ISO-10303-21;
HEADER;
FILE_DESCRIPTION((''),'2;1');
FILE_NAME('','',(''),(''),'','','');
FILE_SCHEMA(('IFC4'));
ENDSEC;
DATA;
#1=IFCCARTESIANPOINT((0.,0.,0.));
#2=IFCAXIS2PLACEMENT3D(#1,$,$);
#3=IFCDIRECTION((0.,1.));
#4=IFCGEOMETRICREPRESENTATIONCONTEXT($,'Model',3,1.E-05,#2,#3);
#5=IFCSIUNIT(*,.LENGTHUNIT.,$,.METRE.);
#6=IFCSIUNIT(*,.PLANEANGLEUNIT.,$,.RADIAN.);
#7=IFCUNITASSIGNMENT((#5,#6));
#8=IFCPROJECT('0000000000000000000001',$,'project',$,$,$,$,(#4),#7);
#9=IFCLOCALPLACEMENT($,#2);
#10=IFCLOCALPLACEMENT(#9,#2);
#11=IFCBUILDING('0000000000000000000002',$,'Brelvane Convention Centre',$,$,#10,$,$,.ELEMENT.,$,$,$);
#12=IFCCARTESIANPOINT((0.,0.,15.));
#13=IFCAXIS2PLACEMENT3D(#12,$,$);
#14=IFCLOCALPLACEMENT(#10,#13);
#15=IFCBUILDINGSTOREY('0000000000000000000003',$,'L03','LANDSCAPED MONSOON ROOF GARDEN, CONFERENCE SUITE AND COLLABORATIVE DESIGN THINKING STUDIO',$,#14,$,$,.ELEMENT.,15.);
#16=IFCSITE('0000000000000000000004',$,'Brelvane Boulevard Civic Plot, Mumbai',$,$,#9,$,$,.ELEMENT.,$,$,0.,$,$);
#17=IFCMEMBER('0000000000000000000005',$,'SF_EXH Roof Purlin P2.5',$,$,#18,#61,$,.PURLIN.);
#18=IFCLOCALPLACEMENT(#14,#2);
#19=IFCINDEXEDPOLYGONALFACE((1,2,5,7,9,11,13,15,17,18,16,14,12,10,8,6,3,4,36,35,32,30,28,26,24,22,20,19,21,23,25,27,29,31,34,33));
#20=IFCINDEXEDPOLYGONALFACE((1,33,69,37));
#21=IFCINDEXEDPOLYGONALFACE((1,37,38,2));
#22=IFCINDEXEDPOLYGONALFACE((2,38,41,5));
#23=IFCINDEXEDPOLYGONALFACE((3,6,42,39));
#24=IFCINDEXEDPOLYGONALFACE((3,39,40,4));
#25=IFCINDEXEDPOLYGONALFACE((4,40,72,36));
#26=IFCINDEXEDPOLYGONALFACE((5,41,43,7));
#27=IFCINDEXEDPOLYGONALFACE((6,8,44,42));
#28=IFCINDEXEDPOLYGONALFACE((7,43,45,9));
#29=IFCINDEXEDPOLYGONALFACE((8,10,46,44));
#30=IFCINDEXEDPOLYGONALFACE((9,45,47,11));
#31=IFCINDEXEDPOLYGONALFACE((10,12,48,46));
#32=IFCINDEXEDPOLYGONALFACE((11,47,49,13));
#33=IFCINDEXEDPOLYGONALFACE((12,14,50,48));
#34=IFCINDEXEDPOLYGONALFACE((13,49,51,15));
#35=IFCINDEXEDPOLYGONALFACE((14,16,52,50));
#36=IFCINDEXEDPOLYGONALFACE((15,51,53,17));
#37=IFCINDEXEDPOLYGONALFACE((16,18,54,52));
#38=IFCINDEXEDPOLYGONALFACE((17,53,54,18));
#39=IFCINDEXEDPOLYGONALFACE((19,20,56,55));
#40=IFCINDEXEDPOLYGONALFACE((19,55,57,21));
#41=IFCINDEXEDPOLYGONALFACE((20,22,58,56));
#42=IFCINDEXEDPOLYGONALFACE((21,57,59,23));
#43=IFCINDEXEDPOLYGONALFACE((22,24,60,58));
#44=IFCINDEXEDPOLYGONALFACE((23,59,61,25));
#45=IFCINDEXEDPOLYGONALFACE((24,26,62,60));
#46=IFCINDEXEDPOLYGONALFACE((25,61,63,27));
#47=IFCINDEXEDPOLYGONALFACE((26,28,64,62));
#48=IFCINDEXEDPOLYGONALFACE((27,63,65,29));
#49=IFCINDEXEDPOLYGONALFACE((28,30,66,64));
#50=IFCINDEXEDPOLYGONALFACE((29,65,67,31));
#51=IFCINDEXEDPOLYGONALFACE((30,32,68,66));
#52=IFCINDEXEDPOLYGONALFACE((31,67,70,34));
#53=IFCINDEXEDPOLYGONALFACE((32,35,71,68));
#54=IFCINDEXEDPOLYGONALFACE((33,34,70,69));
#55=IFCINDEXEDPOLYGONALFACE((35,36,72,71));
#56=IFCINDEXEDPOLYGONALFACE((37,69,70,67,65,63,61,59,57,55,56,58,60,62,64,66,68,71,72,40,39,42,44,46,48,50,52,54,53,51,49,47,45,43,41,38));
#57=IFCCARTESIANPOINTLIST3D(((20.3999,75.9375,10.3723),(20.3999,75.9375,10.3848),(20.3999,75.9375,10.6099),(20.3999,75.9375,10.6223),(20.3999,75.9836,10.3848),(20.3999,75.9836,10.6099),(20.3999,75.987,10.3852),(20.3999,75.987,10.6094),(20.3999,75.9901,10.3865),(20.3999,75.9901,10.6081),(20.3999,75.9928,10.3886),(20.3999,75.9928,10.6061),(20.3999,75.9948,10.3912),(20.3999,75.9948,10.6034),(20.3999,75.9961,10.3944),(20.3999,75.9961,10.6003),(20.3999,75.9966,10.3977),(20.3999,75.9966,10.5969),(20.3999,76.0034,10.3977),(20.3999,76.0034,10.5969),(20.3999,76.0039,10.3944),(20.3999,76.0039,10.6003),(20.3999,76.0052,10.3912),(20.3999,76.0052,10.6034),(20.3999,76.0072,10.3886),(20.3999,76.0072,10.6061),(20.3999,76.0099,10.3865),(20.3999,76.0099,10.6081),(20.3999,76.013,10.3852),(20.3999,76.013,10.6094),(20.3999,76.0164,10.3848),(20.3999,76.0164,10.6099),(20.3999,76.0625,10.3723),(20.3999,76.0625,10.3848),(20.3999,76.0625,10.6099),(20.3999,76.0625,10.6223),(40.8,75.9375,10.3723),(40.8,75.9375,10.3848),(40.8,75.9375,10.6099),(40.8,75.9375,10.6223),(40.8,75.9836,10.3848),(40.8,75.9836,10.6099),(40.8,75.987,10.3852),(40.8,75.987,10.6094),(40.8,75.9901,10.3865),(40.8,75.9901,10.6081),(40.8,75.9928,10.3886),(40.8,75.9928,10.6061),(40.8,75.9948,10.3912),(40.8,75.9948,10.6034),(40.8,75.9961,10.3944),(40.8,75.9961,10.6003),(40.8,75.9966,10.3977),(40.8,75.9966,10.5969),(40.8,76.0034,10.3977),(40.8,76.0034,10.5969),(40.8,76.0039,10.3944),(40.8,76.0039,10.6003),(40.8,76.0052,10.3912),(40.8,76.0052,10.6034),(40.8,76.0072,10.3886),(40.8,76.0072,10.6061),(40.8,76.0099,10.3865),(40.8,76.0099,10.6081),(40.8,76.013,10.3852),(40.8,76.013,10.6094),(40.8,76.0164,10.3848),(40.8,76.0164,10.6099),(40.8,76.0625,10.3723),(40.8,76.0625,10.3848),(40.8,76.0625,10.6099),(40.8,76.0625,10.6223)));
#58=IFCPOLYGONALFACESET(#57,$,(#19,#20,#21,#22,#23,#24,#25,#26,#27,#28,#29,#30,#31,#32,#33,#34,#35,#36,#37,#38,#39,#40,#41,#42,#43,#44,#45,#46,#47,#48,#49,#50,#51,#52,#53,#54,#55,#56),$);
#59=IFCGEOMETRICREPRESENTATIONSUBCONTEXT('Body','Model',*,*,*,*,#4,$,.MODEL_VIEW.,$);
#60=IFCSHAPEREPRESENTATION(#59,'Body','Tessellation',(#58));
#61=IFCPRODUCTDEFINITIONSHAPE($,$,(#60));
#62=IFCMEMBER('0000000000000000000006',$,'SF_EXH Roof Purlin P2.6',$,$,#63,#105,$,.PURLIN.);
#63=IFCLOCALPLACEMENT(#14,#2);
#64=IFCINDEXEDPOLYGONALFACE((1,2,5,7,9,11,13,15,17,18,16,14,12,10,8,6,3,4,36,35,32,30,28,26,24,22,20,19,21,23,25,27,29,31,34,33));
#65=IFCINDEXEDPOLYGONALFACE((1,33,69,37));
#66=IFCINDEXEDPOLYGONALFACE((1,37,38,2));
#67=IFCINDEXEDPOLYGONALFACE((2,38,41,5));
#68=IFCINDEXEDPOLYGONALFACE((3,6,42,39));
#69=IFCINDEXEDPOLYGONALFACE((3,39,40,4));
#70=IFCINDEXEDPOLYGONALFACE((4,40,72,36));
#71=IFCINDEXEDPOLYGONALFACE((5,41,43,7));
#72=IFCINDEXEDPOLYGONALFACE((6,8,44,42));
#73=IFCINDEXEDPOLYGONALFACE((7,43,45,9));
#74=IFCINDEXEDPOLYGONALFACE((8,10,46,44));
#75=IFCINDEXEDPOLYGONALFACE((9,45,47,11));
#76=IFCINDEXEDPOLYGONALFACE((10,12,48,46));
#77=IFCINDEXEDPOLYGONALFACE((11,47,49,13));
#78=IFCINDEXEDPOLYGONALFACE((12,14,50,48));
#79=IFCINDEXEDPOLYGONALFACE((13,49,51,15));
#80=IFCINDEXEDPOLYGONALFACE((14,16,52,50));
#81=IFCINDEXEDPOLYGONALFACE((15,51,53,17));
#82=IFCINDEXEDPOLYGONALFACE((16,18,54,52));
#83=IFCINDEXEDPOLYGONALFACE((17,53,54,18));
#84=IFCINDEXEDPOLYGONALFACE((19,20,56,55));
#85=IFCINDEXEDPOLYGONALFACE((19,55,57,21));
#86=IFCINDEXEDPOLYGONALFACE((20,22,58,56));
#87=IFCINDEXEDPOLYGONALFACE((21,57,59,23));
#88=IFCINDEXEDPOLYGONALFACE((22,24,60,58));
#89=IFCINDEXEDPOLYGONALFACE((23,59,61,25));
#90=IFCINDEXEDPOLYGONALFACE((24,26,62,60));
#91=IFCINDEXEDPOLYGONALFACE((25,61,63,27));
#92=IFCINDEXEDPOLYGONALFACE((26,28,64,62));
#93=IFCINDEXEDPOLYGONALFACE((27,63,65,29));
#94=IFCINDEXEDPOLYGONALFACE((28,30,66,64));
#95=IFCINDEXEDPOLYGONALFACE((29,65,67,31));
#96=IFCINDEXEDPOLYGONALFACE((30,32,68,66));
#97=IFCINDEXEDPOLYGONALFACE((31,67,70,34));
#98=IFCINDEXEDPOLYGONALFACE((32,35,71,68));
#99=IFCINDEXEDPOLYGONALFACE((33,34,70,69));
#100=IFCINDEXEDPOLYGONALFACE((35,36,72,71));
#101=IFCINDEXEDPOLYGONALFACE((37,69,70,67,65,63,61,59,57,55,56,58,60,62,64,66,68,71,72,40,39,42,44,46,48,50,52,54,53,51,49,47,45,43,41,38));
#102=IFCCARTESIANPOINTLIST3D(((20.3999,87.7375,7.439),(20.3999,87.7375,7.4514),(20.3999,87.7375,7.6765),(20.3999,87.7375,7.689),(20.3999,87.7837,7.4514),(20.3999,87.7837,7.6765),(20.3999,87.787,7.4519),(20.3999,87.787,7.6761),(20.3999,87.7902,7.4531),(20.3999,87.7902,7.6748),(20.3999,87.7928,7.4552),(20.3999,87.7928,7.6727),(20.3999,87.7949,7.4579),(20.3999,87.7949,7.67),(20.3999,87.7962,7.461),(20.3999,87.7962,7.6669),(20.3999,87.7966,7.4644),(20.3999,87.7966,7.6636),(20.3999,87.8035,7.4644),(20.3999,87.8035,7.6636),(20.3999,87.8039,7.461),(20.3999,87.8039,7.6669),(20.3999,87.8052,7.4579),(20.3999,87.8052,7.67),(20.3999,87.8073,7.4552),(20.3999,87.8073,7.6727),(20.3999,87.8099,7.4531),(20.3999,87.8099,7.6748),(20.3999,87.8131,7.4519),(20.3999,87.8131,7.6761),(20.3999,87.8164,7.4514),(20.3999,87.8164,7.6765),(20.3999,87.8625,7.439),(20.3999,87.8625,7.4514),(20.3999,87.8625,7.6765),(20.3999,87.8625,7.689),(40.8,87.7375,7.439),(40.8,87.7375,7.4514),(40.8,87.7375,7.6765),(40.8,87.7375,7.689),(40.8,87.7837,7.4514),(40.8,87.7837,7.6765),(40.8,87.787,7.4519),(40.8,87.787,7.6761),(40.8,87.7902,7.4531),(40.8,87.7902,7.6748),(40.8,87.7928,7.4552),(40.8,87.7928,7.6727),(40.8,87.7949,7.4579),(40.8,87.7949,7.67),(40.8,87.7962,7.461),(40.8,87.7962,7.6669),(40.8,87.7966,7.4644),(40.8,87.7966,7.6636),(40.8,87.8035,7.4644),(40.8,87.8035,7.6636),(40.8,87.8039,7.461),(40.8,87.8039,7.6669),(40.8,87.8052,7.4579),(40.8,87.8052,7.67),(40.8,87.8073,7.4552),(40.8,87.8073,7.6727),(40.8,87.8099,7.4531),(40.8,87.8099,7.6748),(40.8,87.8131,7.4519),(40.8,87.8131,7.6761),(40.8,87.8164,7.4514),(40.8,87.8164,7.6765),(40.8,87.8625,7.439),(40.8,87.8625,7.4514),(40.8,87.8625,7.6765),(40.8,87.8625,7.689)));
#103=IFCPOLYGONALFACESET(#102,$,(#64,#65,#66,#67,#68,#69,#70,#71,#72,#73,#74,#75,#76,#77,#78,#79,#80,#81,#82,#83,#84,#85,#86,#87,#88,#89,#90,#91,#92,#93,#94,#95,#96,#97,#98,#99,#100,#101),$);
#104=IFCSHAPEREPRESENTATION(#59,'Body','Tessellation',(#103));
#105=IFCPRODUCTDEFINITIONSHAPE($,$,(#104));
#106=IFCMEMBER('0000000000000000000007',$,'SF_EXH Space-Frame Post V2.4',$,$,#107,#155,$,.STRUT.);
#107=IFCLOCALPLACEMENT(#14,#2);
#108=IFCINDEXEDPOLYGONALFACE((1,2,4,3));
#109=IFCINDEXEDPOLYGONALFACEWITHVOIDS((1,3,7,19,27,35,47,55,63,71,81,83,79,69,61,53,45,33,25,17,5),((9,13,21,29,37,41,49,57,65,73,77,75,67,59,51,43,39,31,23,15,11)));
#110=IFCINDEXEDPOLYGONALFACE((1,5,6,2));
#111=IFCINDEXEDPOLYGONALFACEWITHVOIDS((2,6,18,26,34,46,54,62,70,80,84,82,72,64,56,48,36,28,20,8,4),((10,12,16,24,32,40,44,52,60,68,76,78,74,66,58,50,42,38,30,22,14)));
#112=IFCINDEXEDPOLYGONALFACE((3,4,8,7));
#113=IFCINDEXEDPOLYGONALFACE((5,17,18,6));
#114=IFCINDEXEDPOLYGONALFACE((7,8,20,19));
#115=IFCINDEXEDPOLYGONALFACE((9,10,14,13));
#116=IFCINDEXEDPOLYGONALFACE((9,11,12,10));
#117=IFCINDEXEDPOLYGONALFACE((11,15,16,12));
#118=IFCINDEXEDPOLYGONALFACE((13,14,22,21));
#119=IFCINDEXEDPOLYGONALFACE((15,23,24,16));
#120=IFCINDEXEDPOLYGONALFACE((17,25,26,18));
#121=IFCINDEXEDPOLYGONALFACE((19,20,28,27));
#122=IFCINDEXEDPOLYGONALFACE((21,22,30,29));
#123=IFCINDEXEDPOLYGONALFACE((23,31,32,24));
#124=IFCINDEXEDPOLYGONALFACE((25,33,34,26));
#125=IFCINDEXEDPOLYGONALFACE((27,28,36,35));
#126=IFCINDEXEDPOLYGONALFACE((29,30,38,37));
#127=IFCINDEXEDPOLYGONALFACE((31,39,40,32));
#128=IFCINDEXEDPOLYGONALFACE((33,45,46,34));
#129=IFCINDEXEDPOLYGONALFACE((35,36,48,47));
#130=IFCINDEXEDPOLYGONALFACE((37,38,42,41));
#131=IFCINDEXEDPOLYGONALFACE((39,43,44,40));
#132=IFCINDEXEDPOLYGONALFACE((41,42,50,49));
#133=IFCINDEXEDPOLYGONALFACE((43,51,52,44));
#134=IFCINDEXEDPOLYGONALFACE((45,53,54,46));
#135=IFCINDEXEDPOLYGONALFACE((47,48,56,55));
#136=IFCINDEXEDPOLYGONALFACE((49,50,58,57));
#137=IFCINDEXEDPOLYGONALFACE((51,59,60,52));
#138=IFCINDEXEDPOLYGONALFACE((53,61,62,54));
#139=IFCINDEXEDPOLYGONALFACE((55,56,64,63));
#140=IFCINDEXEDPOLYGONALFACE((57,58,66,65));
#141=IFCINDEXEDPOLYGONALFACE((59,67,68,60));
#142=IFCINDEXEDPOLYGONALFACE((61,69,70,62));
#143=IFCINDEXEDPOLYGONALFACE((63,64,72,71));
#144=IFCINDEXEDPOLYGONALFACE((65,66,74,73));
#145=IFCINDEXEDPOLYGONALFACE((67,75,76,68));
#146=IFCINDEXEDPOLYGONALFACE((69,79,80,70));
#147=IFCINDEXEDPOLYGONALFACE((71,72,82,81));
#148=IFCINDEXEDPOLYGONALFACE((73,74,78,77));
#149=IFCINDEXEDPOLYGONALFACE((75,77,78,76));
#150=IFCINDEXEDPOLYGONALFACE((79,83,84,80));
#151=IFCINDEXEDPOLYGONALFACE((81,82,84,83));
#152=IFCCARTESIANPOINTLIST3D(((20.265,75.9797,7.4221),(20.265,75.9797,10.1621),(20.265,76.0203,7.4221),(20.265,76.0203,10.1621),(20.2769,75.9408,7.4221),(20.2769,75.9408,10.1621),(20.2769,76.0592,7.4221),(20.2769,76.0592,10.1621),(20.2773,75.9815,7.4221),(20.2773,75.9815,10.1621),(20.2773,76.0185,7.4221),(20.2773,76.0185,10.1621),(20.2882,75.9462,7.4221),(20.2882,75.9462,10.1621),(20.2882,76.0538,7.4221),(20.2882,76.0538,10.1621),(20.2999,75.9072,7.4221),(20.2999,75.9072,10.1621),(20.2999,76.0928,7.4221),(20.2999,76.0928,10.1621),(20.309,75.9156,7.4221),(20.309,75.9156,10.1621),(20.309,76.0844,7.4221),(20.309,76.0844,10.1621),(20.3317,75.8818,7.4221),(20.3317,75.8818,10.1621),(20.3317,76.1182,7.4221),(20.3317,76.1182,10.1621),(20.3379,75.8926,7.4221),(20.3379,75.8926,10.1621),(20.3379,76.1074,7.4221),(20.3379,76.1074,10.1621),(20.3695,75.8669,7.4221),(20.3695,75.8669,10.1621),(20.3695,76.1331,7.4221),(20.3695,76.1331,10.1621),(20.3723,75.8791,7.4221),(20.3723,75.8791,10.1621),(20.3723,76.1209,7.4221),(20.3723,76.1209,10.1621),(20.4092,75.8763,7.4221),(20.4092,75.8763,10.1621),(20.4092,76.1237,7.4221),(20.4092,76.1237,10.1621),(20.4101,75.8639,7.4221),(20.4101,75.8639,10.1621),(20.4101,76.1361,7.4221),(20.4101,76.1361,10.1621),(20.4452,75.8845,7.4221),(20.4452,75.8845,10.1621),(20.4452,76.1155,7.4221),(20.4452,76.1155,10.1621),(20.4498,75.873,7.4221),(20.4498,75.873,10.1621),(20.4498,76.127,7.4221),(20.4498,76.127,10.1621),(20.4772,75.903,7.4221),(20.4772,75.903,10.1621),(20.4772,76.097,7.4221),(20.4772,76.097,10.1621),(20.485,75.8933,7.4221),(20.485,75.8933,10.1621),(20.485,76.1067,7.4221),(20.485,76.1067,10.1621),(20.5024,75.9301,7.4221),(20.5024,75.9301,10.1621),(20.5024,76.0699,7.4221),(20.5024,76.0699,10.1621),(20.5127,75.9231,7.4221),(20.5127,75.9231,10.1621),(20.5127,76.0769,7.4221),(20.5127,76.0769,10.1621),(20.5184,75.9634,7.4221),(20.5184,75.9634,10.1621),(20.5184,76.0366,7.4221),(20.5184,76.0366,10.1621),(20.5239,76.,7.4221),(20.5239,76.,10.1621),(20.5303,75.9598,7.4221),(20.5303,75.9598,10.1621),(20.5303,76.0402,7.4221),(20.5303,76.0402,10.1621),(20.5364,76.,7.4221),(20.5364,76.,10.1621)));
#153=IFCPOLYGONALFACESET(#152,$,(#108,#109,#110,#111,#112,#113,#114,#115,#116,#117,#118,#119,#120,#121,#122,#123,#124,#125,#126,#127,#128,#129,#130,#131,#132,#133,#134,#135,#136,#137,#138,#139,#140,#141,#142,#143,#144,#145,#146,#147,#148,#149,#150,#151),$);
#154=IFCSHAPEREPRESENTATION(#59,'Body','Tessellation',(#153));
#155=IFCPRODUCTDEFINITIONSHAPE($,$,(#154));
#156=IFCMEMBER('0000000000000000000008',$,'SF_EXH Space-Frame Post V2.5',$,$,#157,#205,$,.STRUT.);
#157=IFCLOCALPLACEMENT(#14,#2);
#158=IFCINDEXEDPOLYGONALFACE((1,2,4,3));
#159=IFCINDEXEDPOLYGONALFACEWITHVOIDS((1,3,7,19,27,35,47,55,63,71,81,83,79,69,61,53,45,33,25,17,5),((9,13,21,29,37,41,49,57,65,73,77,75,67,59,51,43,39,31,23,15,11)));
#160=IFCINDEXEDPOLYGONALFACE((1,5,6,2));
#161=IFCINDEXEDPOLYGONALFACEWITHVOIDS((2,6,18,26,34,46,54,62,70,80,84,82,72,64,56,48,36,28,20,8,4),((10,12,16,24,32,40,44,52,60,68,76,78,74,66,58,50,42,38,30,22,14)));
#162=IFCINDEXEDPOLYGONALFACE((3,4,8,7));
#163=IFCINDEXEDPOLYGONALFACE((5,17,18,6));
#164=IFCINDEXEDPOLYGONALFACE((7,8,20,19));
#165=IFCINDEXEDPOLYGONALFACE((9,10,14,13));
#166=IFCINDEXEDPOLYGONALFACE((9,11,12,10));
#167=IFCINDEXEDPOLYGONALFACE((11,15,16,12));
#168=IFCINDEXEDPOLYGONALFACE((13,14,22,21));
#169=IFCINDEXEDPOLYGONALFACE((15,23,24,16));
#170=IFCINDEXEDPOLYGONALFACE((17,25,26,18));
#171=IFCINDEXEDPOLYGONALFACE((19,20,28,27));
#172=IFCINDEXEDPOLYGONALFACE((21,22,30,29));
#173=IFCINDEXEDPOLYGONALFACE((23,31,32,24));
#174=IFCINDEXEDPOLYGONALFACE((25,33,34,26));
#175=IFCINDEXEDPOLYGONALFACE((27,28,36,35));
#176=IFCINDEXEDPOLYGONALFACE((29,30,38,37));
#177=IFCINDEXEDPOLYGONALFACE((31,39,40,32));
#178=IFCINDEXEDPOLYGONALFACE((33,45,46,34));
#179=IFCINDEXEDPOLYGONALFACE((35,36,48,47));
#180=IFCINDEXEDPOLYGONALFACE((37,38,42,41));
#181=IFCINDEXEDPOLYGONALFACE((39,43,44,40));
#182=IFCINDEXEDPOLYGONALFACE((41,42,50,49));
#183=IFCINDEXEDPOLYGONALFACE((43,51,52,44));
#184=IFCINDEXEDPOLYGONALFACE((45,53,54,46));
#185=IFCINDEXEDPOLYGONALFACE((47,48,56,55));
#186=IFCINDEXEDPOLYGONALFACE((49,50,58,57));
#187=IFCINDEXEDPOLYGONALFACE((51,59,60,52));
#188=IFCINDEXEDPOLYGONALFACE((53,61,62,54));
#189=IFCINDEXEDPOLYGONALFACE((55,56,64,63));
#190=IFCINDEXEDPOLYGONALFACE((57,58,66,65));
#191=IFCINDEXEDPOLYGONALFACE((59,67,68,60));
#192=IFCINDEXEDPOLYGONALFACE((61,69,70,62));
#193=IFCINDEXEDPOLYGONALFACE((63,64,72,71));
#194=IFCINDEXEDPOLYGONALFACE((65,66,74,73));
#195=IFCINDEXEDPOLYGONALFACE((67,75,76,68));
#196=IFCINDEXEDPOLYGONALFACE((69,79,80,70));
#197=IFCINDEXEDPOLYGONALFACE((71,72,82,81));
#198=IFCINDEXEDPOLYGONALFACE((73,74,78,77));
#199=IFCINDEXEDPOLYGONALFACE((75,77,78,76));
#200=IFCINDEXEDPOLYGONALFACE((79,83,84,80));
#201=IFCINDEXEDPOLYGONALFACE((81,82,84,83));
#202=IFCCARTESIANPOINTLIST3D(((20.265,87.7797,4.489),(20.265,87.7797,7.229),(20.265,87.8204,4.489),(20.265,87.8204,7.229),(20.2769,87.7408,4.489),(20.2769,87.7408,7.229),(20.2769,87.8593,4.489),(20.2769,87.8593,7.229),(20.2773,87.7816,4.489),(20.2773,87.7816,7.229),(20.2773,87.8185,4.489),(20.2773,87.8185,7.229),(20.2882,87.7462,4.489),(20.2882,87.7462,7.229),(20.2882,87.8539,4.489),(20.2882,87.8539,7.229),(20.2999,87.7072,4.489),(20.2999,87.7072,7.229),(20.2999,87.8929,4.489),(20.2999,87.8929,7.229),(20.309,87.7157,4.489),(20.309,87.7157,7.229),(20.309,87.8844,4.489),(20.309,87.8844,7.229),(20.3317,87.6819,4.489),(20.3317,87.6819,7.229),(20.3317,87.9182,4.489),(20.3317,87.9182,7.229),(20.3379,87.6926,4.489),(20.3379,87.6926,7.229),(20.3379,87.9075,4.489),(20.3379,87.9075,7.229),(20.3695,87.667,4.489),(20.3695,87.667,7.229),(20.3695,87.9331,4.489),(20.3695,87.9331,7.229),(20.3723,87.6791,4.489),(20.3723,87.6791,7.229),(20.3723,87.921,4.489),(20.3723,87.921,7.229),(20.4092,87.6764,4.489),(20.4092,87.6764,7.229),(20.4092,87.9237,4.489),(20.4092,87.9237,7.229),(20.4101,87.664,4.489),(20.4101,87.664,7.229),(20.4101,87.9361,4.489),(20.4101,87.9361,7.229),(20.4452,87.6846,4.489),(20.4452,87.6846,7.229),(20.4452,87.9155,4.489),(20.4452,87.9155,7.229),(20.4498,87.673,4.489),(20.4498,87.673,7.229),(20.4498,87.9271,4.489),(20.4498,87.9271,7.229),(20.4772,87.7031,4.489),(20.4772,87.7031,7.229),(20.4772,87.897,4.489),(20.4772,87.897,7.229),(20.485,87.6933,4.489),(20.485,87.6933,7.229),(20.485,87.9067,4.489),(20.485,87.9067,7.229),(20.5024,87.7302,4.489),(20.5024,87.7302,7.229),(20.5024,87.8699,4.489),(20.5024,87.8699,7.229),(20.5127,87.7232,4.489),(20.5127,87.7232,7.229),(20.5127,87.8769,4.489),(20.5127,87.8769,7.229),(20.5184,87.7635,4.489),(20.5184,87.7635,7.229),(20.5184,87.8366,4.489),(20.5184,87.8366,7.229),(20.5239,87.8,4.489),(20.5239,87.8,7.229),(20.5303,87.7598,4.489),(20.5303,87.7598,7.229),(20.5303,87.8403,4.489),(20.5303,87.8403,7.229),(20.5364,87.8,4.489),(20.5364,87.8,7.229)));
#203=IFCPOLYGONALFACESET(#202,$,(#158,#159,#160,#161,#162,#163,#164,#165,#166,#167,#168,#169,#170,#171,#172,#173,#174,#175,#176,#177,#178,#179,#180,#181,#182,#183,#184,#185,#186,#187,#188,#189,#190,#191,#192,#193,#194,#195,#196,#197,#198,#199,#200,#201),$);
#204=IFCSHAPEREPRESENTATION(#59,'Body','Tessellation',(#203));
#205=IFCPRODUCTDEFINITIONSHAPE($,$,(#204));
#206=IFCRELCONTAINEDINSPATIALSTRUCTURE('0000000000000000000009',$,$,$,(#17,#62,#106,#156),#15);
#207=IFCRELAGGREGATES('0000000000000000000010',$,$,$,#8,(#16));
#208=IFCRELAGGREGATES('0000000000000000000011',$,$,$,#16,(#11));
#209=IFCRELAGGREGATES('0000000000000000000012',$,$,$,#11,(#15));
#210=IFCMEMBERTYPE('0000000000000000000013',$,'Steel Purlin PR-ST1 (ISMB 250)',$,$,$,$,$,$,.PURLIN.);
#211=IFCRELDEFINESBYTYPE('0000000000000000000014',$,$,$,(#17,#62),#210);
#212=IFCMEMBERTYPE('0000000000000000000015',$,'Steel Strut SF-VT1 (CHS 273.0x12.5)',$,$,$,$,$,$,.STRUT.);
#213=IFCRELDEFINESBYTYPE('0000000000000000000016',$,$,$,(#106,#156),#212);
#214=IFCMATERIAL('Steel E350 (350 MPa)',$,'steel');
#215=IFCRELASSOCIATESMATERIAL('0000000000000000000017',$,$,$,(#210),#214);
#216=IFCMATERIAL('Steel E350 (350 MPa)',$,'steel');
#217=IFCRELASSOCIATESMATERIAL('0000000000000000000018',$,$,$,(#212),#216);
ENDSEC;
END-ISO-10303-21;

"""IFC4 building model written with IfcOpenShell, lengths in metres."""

from ifc_helpers import new_model, si_unit, direction, frame, origin, origin_2d, place, context, subcontext, project, spatial, hollow_circle, i_section, extrude, material, material_profile, profile_set, type_object, element, save


model = new_model("IFC4")

# Units and contexts
model_context = context("Model", 3, precision=1e-05, world=origin(), true_north=direction((0.0, 1.0)))
body_context = subcontext(model_context, "Body", "Model", "MODEL_VIEW")
ifc_project = project(units=[si_unit("LENGTHUNIT", "METRE"), si_unit("PLANEANGLEUNIT", "RADIAN")], contexts=[model_context])

# Site, building, storey
site_placement = place(None, origin())
site = spatial("IfcSite", under=ifc_project, at=site_placement, Name="Brelvane Boulevard Civic Plot, Mumbai", CompositionType="ELEMENT", RefElevation=0.0)
building_placement = place(site_placement, origin())
building = spatial("IfcBuilding", under=site, at=building_placement, Name="Brelvane Convention Centre", CompositionType="ELEMENT")
storey_placement = place(building_placement, frame((0.0, 0.0, 15.0)))
storey = spatial("IfcBuildingStorey", under=building, at=storey_placement, Name="L03", Description="LANDSCAPED MONSOON ROOF GARDEN, CONFERENCE SUITE AND COLLABORATIVE DESIGN THINKING STUDIO", CompositionType="ELEMENT", Elevation=15.0)

# Members
ifc_material_1 = material(Name="Steel E350 (350 MPa)", Category="steel")
ifc_material_profile_1 = material_profile(ifc_material_1, i_section(OverallWidth=0.125, OverallDepth=0.25, WebThickness=0.0068, FlangeThickness=0.0125, FilletRadius=0.0129, at=origin_2d()), Name="ISMB 250")
ifc_profile_set_1 = profile_set([ifc_material_profile_1], Name="Steel E350 (350 MPa)")
member_type_1 = type_object("IfcMemberType", Name="Steel Purlin PR-ST1 (ISMB 250)", PredefinedType="PURLIN", material=ifc_profile_set_1)
for number, where, z_axis, x_axis, name in (
    (1, (20.3999, 76.0, 10.4973), (1.0, 0.0, 0.0), (0.0, 1.0, 0.0), "SF_EXH Roof Purlin P2.5"),
    (2, (20.3999, 87.8, 7.564), (1.0, 0.0, 0.0), (0.0, 1.0, 0.0), "SF_EXH Roof Purlin P2.6"),
):
    element("IfcMember", number, at=place(storey_placement, frame(where, z_axis=z_axis, x_axis=x_axis)), inside=storey, type_object=member_type_1, Name=name, PredefinedType="PURLIN", context=body_context, shape_type="SweptSolid", body=[
        extrude(i_section(OverallWidth=0.125, OverallDepth=0.25, WebThickness=0.0068, FlangeThickness=0.0125, FilletRadius=0.0129, at=origin_2d()), origin(), (0.0, 0.0, 1.0), 20.4001),
    ])
ifc_material_2 = material(Name="Steel E350 (350 MPa)", Category="steel")
ifc_material_profile_2 = material_profile(ifc_material_2, hollow_circle(Radius=0.1365, WallThickness=0.0125, at=origin_2d()), Name="CHS 273.0x12.5")
ifc_profile_set_2 = profile_set([ifc_material_profile_2], Name="Steel E350 (350 MPa)")
member_type_2 = type_object("IfcMemberType", Name="Steel Strut SF-VT1 (CHS 273.0x12.5)", PredefinedType="STRUT", material=ifc_profile_set_2)
for number, where, z_axis, x_axis, name in (
    (3, (20.3999, 76.0, 7.4221), (0.0, 0.0, 1.0), (1.0, 0.0, 0.0), "SF_EXH Space-Frame Post V2.4"),
    (4, (20.3999, 87.8, 4.489), (0.0, 0.0, 1.0), (1.0, 0.0, 0.0), "SF_EXH Space-Frame Post V2.5"),
):
    element("IfcMember", number, at=place(storey_placement, frame(where, z_axis=z_axis, x_axis=x_axis)), inside=storey, type_object=member_type_2, Name=name, PredefinedType="STRUT", context=body_context, shape_type="SweptSolid", body=[
        extrude(hollow_circle(Radius=0.1365, WallThickness=0.0125, at=origin_2d()), origin(), (0.0, 0.0, 1.0), 2.74),
    ])

save(model, "model.ifc")
